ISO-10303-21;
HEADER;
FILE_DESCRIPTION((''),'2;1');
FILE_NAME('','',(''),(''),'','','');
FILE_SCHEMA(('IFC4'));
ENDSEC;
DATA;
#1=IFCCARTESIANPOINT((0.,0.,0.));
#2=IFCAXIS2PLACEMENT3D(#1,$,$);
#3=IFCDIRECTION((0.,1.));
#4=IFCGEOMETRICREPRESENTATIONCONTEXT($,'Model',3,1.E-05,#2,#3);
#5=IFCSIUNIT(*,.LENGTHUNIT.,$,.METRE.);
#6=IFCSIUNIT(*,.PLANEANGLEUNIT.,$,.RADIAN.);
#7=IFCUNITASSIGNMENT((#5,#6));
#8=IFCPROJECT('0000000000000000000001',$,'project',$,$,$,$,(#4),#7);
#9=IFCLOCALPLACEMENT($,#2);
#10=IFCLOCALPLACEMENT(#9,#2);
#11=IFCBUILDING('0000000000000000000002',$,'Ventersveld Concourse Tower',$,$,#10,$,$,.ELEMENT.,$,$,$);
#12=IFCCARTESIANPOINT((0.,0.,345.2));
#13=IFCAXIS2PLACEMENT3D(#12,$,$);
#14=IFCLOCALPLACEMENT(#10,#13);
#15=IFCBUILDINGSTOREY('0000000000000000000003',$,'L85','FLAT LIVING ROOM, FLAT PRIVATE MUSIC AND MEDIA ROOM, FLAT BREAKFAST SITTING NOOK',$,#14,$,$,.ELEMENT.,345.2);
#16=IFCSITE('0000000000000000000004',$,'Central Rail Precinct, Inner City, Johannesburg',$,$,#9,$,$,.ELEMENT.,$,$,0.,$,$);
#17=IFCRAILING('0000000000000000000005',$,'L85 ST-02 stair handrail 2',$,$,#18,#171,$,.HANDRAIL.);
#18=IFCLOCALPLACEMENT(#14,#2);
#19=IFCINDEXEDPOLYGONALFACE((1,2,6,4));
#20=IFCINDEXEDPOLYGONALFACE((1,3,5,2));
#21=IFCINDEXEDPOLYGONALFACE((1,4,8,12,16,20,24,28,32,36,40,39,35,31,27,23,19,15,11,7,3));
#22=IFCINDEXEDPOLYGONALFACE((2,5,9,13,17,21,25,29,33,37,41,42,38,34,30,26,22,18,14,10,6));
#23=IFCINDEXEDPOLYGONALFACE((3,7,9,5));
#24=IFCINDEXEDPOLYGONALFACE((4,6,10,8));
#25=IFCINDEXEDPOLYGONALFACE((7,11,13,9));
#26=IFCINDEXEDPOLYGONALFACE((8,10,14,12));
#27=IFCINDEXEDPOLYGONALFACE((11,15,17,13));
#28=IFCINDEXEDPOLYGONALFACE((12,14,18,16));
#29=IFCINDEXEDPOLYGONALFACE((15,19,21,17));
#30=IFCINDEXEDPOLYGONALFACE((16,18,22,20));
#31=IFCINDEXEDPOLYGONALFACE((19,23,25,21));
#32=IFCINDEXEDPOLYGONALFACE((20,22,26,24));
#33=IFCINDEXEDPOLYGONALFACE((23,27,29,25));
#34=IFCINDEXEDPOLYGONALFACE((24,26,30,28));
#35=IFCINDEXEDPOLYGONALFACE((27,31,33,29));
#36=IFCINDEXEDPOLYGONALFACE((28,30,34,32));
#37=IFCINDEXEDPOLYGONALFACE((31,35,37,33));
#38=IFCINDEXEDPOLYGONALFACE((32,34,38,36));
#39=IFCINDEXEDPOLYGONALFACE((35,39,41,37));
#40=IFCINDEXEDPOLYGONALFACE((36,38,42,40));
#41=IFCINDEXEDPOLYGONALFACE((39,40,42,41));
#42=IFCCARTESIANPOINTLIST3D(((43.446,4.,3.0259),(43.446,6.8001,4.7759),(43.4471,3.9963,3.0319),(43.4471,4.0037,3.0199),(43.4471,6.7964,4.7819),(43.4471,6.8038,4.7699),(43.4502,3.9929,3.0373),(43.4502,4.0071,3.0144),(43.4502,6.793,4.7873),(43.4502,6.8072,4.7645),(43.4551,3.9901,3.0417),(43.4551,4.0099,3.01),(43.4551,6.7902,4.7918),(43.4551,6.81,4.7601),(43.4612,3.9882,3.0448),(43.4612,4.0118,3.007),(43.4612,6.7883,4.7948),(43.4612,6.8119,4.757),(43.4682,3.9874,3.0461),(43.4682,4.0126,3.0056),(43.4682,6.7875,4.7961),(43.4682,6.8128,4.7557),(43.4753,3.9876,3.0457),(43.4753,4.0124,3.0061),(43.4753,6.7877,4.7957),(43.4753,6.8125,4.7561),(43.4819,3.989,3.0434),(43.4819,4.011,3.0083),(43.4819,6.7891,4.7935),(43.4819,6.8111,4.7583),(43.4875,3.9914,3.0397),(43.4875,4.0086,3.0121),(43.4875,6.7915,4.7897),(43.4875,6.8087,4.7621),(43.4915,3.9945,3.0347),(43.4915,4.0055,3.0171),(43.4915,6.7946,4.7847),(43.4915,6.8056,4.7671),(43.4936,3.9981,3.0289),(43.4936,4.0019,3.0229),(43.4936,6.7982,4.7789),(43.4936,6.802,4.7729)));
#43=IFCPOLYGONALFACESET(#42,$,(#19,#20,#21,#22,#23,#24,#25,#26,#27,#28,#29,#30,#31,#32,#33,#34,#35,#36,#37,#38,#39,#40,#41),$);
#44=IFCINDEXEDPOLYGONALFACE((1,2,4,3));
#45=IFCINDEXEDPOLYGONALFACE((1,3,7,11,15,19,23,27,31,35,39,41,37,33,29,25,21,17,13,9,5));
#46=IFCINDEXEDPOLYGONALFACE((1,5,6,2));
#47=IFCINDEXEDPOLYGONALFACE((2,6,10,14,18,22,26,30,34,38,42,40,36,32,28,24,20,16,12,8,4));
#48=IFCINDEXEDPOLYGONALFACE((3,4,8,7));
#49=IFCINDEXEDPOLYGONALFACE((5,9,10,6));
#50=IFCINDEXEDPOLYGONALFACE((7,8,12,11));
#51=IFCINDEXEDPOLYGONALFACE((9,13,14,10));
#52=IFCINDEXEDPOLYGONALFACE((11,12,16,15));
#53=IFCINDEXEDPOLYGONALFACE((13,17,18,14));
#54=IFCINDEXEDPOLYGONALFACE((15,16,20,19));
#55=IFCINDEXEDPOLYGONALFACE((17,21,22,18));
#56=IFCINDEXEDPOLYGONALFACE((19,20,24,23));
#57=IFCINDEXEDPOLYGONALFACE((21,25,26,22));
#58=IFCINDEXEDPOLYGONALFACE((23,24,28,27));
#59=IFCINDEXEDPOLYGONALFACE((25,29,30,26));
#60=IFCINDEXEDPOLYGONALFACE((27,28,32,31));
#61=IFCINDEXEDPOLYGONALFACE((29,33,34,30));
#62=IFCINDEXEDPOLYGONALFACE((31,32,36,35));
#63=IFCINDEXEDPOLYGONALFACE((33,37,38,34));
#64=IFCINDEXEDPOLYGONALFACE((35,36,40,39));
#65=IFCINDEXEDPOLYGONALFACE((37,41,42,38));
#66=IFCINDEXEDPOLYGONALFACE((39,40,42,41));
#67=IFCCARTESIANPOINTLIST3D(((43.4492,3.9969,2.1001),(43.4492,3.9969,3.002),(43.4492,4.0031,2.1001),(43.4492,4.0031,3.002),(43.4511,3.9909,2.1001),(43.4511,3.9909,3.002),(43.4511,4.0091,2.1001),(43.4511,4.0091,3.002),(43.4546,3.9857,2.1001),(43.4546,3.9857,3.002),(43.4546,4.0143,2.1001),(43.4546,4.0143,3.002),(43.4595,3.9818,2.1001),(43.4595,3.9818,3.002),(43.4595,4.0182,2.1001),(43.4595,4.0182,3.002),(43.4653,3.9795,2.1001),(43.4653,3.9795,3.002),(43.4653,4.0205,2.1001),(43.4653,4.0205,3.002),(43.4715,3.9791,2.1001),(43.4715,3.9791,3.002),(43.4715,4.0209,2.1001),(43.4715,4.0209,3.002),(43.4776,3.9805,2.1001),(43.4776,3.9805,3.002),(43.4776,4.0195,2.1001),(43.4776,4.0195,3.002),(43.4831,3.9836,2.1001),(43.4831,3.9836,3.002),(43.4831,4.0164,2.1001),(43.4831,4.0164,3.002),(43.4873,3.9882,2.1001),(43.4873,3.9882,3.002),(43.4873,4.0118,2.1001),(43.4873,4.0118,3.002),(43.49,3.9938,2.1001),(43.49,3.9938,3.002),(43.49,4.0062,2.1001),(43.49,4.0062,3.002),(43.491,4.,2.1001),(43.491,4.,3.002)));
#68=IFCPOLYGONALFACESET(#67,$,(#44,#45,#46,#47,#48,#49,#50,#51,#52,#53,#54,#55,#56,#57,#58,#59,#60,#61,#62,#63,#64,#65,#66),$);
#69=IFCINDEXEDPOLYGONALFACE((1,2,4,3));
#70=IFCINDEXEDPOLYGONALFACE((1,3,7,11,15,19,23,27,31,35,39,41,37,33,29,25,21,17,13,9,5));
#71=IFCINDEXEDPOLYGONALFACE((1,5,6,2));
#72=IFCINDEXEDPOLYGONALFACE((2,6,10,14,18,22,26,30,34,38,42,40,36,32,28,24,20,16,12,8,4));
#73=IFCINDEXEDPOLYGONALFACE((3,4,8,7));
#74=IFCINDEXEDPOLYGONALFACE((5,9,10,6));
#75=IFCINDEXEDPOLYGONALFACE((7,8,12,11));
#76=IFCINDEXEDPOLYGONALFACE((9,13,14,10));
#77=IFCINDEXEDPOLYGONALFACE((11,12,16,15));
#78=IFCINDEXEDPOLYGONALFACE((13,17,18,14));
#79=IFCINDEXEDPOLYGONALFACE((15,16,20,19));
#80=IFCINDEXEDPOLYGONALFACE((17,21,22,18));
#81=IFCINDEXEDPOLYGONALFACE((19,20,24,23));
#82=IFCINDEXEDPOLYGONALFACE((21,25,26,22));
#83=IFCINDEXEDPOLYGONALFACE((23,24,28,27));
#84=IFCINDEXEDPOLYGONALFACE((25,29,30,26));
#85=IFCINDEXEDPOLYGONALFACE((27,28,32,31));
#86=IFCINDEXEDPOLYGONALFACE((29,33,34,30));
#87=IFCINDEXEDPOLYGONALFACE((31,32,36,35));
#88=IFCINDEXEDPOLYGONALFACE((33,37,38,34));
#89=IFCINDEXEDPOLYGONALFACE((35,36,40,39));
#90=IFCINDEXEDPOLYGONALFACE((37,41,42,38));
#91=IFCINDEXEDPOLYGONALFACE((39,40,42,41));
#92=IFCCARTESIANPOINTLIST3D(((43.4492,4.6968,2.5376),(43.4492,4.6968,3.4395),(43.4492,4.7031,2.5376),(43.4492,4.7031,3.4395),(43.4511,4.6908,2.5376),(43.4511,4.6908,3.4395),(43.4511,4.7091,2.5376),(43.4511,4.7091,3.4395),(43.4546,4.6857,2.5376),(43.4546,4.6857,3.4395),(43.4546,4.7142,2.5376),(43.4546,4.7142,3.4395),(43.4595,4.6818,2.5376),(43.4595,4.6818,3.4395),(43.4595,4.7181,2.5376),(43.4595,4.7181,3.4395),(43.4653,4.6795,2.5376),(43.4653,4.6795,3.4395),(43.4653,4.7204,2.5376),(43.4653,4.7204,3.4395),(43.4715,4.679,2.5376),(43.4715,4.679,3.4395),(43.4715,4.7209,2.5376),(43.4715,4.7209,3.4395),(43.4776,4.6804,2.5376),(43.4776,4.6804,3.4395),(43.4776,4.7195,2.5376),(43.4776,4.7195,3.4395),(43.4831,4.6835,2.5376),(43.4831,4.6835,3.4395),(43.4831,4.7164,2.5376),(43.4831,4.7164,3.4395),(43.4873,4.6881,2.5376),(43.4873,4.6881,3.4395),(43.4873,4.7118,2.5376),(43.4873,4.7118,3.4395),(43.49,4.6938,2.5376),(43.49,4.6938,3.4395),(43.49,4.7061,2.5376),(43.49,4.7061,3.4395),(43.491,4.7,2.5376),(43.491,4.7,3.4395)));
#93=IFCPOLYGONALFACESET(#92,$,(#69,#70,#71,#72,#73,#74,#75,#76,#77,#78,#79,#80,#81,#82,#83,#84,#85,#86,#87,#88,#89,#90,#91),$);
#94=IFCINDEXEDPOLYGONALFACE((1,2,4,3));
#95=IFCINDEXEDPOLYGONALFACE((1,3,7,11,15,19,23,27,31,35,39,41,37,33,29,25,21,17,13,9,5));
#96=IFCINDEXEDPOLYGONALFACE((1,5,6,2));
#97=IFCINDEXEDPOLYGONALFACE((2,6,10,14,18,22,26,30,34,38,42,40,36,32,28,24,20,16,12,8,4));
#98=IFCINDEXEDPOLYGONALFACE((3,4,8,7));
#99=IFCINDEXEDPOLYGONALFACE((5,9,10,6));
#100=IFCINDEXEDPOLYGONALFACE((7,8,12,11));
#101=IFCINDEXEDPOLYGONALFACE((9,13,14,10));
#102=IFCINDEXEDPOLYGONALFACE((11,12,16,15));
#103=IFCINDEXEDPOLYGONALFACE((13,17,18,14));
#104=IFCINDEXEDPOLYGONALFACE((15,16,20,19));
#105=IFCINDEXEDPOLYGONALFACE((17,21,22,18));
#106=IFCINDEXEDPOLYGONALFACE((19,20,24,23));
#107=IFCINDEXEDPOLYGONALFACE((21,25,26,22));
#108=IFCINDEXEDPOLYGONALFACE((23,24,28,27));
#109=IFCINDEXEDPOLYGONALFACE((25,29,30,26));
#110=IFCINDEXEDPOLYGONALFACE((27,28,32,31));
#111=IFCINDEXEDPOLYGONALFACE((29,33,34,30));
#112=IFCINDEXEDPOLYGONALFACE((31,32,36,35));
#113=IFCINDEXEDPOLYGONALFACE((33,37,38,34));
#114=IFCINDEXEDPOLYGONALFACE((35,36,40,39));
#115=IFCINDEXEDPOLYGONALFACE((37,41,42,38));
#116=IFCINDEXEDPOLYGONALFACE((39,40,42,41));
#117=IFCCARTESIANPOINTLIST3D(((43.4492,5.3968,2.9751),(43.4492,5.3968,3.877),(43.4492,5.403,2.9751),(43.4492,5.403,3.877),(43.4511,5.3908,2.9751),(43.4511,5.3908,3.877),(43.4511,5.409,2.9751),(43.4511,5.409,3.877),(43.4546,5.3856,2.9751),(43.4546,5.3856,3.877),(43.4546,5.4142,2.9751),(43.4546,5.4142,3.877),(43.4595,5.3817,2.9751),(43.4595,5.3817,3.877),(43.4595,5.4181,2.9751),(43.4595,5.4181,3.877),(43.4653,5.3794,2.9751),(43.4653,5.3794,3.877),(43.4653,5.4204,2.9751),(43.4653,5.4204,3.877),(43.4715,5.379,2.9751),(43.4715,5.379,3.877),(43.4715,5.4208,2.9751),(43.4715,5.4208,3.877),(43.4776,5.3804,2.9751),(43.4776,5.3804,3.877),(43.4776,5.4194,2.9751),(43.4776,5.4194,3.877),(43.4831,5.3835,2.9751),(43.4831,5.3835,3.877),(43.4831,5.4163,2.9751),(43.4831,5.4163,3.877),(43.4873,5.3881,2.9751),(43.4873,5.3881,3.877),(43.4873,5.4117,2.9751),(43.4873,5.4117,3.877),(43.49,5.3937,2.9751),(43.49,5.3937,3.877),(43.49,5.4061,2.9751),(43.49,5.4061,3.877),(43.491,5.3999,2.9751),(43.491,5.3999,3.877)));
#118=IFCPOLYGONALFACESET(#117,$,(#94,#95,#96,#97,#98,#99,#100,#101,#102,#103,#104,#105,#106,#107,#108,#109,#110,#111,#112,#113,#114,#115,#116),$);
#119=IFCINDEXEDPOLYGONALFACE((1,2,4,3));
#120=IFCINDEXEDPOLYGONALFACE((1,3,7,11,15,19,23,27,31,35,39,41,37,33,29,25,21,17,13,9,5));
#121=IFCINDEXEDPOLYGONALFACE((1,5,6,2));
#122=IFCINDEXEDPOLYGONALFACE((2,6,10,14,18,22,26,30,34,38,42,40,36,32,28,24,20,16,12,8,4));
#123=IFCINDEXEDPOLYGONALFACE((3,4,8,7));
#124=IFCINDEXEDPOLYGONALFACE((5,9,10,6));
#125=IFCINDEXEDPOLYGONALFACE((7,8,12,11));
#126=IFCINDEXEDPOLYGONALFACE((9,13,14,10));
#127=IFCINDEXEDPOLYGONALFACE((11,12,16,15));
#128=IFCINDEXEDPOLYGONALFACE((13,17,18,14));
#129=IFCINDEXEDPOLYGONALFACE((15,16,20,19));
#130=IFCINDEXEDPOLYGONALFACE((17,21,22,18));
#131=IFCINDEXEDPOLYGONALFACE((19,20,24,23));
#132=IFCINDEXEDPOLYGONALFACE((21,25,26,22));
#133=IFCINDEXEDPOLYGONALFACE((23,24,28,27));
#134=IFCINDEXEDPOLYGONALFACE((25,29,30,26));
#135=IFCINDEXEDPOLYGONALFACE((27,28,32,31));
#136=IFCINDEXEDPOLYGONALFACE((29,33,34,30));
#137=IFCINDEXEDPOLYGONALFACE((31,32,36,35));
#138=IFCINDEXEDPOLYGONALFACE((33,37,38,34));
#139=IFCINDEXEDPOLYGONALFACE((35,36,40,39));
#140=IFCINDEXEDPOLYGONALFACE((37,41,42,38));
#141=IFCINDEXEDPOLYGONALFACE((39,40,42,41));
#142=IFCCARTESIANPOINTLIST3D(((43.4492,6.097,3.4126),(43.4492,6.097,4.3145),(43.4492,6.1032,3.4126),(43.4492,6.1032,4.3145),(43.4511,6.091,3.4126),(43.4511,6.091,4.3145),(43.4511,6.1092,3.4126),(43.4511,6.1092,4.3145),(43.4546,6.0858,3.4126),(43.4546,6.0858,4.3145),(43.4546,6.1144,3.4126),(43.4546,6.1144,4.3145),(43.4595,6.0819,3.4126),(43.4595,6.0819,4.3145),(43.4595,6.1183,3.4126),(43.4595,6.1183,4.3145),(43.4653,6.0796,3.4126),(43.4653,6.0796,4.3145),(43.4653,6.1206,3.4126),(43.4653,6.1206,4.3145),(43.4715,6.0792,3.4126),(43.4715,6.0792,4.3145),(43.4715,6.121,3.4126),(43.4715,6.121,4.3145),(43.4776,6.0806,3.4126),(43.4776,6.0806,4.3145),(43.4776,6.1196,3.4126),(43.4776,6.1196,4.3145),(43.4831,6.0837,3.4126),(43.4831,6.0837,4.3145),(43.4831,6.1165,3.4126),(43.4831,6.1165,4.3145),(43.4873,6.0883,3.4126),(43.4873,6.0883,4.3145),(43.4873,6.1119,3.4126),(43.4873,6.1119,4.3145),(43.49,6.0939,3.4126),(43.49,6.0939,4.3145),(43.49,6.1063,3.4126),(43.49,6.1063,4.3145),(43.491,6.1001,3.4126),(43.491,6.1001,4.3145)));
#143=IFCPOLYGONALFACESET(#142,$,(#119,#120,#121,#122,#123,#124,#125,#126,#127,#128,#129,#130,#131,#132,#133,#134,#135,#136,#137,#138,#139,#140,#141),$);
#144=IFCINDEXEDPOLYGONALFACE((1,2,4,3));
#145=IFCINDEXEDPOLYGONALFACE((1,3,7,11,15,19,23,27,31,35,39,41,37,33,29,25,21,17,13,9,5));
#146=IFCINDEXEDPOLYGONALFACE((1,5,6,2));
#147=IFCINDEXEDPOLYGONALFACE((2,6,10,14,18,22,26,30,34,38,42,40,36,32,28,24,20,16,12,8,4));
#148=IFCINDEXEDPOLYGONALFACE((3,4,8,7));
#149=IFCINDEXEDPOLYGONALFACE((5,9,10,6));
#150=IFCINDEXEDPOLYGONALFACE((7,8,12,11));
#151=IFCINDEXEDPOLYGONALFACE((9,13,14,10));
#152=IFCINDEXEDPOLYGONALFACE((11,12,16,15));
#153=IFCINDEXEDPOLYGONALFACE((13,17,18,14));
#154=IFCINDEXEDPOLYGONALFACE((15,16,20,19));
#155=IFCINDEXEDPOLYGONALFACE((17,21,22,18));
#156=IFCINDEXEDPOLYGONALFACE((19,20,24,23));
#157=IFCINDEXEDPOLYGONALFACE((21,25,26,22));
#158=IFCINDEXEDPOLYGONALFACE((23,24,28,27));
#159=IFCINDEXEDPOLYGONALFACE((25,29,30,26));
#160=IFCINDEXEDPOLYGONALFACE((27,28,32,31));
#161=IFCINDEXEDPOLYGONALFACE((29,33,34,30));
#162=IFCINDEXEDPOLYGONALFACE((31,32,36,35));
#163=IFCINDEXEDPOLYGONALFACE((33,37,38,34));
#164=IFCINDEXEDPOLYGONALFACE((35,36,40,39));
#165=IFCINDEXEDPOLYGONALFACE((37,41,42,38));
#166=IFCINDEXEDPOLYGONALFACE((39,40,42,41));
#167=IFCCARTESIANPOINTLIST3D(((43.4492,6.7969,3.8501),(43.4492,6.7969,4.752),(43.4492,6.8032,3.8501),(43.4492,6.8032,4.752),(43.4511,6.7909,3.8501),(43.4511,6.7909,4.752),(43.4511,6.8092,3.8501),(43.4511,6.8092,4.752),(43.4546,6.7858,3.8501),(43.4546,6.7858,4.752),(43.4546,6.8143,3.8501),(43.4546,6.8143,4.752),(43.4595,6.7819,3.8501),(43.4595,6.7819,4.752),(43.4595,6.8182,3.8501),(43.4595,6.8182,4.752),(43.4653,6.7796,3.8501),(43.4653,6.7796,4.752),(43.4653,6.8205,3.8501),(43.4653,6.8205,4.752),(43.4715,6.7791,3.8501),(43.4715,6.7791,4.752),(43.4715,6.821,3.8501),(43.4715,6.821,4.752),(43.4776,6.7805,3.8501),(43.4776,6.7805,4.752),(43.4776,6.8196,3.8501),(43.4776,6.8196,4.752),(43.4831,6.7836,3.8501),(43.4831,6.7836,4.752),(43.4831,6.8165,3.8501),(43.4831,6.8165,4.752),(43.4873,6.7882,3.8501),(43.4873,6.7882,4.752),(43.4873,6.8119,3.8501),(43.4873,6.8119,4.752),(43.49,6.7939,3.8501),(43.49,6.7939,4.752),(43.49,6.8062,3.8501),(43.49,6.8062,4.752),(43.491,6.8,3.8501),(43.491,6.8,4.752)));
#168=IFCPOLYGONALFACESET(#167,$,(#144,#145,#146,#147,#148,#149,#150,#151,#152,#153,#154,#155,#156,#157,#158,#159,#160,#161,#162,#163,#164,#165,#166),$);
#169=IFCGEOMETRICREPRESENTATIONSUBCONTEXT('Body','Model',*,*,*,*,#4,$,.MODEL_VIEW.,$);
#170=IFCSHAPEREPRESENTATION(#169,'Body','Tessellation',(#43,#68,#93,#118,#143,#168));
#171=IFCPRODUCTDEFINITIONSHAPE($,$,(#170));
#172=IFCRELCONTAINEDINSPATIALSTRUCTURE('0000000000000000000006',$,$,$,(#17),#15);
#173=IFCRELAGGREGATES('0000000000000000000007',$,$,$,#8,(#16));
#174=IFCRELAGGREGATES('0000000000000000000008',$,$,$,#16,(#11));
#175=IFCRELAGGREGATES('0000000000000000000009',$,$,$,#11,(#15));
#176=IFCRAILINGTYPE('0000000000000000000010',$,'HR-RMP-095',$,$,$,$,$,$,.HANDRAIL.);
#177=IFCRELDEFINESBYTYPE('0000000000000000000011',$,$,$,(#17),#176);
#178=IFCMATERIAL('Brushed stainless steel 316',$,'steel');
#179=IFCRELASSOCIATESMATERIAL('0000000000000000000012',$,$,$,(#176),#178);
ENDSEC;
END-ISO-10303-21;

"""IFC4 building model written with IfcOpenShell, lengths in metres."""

from ifc_helpers import new_model, si_unit, direction, frame, origin, origin_2d, place, context, subcontext, project, spatial, circle, extrude, material, type_object, element, save


model = new_model("IFC4")

# Units and contexts
model_context = context("Model", 3, precision=1e-05, world=origin(), true_north=direction((0.0, 1.0)))
body_context = subcontext(model_context, "Body", "Model", "MODEL_VIEW")
ifc_project = project(units=[si_unit("LENGTHUNIT", "METRE"), si_unit("PLANEANGLEUNIT", "RADIAN")], contexts=[model_context])

# Site, building, storey
site_placement = place(None, origin())
site = spatial("IfcSite", under=ifc_project, at=site_placement, Name="Central Rail Precinct, Inner City, Johannesburg", CompositionType="ELEMENT", RefElevation=0.0)
building_placement = place(site_placement, origin())
building = spatial("IfcBuilding", under=site, at=building_placement, Name="Ventersveld Concourse Tower", CompositionType="ELEMENT")
storey_placement = place(building_placement, frame((0.0, 0.0, 345.2)))
storey = spatial("IfcBuildingStorey", under=building, at=storey_placement, Name="L85", Description="FLAT LIVING ROOM, FLAT PRIVATE MUSIC AND MEDIA ROOM, FLAT BREAKFAST SITTING NOOK", CompositionType="ELEMENT", Elevation=345.2)

# Shared definitions
ifc_material_1 = material(Name="Brushed stainless steel 316", Category="steel")

# Railing
railing_type_1 = type_object("IfcRailingType", Name="HR-RMP-095", PredefinedType="HANDRAIL", material=ifc_material_1)
railing_1_placement = place(storey_placement, frame((43.47, 4.0, 2.1001)))
element("IfcRailing", 1, at=railing_1_placement, inside=storey, type_object=railing_type_1, Name="L85 ST-02 stair handrail 2", PredefinedType="HANDRAIL", context=body_context, shape_type="SweptSolid", body=[
    extrude(circle(Radius=0.0239, at=origin_2d()), frame((0.0, 0.0, 0.9258), z_axis=(0.0, 0.848002, 0.529992), x_axis=(-1.0, 0.0, 0.0)), (0.0, 0.0, 1.0), 3.302),
    extrude(circle(Radius=0.021, at=origin_2d()), origin(), (0.0, 0.0, 1.0), 0.9019),
    extrude(circle(Radius=0.021, at=origin_2d()), frame((0.0, 0.7, 0.4375)), (0.0, 0.0, 1.0), 0.9019),
    extrude(circle(Radius=0.021, at=origin_2d()), frame((0.0, 1.3999, 0.875)), (0.0, 0.0, 1.0), 0.9019),
    extrude(circle(Radius=0.021, at=origin_2d()), frame((0.0, 2.1001, 1.3125)), (0.0, 0.0, 1.0), 0.9019),
    extrude(circle(Radius=0.021, at=origin_2d()), frame((0.0, 2.8, 1.75)), (0.0, 0.0, 1.0), 0.9019),
])

save(model, "model.ifc")
